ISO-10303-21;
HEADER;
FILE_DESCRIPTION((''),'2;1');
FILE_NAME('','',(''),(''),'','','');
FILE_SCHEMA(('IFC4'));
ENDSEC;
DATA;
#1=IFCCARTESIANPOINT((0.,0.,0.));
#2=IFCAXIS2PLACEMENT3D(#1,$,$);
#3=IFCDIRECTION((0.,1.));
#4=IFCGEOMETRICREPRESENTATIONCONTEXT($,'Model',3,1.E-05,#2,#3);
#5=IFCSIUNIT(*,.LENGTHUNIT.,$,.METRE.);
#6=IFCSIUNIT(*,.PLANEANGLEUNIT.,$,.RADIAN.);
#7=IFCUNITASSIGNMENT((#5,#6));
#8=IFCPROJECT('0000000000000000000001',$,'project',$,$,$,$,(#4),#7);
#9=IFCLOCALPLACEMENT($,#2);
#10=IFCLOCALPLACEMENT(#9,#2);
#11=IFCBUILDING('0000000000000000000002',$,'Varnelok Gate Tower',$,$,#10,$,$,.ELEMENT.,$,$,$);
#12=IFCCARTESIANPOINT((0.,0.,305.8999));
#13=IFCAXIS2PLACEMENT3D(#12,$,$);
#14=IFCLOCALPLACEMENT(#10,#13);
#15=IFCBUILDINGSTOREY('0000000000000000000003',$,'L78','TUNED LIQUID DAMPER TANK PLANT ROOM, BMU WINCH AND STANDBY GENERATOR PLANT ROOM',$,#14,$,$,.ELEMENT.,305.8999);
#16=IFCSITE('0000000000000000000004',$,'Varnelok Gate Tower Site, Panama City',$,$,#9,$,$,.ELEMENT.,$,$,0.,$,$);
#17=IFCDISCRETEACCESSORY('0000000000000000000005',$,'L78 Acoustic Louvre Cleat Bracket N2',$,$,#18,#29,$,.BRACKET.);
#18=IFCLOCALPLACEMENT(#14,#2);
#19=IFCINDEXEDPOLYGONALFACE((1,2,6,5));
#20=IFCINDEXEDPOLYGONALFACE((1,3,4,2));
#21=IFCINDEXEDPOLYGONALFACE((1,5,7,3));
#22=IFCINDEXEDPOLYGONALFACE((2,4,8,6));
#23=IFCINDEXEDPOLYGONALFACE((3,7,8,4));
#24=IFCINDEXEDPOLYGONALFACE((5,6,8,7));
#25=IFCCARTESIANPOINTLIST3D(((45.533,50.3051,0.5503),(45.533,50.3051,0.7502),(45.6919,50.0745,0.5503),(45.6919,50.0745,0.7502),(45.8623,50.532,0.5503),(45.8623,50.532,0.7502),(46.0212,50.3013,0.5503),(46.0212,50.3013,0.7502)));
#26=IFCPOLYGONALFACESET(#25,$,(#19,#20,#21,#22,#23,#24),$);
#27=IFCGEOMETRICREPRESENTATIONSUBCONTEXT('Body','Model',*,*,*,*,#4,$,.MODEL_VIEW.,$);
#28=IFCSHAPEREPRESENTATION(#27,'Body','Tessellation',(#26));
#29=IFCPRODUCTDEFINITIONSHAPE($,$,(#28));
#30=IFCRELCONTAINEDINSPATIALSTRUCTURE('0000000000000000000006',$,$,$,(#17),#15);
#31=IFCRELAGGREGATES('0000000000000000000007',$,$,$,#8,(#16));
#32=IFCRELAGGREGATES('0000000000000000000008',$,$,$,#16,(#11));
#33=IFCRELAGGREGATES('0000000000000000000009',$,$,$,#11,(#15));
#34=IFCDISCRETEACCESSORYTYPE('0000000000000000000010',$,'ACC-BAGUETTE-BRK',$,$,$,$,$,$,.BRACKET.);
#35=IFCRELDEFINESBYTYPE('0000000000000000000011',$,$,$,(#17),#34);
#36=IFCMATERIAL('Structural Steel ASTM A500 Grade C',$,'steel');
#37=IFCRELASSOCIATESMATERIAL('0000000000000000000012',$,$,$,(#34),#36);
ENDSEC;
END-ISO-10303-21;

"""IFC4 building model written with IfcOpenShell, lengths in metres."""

from ifc_helpers import new_model, si_unit, direction, frame, origin, origin_2d, place, context, subcontext, project, spatial, rectangle, extrude, source, transform, mapped, material, type_object, element, save


model = new_model("IFC4")

# Units and contexts
model_context = context("Model", 3, precision=1e-05, world=origin(), true_north=direction((0.0, 1.0)))
body_context = subcontext(model_context, "Body", "Model", "MODEL_VIEW")
ifc_project = project(units=[si_unit("LENGTHUNIT", "METRE"), si_unit("PLANEANGLEUNIT", "RADIAN")], contexts=[model_context])

# Site, building, storey
site_placement = place(None, origin())
site = spatial("IfcSite", under=ifc_project, at=site_placement, Name="Varnelok Gate Tower Site, Panama City", CompositionType="ELEMENT", RefElevation=0.0)
building_placement = place(site_placement, origin())
building = spatial("IfcBuilding", under=site, at=building_placement, Name="Varnelok Gate Tower", CompositionType="ELEMENT")
storey_placement = place(building_placement, frame((0.0, 0.0, 305.8999)))
storey = spatial("IfcBuildingStorey", under=building, at=storey_placement, Name="L78", Description="TUNED LIQUID DAMPER TANK PLANT ROOM, BMU WINCH AND STANDBY GENERATOR PLANT ROOM", CompositionType="ELEMENT", Elevation=305.8999)

# Shared definitions
ifc_material_1 = material(Name="Structural Steel ASTM A500 Grade C", Category="steel")

# Discrete accessory
discrete_accessory_type = type_object("IfcDiscreteAccessoryType", Name="ACC-BAGUETTE-BRK", PredefinedType="BRACKET", material=ifc_material_1)
shared_shape_1 = source(origin(), body_context, "Body", "SweptSolid", [
    extrude(rectangle(XDim=0.3999, YDim=0.28, at=origin_2d()), origin(), (0.0, 0.0, 1.0), 0.2),
])
discrete_accessory_placement = place(storey_placement, frame((45.7771, 50.3032, 0.5503), z_axis=(0.0, 0.0, 1.0), x_axis=(0.823533, 0.567269, 0.0)))
element("IfcDiscreteAccessory", 1, at=discrete_accessory_placement, inside=storey, type_object=discrete_accessory_type, Name="L78 Acoustic Louvre Cleat Bracket N2", PredefinedType="BRACKET", context=body_context, shape_type="MappedRepresentation", body=[
    mapped(shared_shape_1, transform((0.0, 0.0, 0.0), scale=1.0)),
])

save(model, "model.ifc")
